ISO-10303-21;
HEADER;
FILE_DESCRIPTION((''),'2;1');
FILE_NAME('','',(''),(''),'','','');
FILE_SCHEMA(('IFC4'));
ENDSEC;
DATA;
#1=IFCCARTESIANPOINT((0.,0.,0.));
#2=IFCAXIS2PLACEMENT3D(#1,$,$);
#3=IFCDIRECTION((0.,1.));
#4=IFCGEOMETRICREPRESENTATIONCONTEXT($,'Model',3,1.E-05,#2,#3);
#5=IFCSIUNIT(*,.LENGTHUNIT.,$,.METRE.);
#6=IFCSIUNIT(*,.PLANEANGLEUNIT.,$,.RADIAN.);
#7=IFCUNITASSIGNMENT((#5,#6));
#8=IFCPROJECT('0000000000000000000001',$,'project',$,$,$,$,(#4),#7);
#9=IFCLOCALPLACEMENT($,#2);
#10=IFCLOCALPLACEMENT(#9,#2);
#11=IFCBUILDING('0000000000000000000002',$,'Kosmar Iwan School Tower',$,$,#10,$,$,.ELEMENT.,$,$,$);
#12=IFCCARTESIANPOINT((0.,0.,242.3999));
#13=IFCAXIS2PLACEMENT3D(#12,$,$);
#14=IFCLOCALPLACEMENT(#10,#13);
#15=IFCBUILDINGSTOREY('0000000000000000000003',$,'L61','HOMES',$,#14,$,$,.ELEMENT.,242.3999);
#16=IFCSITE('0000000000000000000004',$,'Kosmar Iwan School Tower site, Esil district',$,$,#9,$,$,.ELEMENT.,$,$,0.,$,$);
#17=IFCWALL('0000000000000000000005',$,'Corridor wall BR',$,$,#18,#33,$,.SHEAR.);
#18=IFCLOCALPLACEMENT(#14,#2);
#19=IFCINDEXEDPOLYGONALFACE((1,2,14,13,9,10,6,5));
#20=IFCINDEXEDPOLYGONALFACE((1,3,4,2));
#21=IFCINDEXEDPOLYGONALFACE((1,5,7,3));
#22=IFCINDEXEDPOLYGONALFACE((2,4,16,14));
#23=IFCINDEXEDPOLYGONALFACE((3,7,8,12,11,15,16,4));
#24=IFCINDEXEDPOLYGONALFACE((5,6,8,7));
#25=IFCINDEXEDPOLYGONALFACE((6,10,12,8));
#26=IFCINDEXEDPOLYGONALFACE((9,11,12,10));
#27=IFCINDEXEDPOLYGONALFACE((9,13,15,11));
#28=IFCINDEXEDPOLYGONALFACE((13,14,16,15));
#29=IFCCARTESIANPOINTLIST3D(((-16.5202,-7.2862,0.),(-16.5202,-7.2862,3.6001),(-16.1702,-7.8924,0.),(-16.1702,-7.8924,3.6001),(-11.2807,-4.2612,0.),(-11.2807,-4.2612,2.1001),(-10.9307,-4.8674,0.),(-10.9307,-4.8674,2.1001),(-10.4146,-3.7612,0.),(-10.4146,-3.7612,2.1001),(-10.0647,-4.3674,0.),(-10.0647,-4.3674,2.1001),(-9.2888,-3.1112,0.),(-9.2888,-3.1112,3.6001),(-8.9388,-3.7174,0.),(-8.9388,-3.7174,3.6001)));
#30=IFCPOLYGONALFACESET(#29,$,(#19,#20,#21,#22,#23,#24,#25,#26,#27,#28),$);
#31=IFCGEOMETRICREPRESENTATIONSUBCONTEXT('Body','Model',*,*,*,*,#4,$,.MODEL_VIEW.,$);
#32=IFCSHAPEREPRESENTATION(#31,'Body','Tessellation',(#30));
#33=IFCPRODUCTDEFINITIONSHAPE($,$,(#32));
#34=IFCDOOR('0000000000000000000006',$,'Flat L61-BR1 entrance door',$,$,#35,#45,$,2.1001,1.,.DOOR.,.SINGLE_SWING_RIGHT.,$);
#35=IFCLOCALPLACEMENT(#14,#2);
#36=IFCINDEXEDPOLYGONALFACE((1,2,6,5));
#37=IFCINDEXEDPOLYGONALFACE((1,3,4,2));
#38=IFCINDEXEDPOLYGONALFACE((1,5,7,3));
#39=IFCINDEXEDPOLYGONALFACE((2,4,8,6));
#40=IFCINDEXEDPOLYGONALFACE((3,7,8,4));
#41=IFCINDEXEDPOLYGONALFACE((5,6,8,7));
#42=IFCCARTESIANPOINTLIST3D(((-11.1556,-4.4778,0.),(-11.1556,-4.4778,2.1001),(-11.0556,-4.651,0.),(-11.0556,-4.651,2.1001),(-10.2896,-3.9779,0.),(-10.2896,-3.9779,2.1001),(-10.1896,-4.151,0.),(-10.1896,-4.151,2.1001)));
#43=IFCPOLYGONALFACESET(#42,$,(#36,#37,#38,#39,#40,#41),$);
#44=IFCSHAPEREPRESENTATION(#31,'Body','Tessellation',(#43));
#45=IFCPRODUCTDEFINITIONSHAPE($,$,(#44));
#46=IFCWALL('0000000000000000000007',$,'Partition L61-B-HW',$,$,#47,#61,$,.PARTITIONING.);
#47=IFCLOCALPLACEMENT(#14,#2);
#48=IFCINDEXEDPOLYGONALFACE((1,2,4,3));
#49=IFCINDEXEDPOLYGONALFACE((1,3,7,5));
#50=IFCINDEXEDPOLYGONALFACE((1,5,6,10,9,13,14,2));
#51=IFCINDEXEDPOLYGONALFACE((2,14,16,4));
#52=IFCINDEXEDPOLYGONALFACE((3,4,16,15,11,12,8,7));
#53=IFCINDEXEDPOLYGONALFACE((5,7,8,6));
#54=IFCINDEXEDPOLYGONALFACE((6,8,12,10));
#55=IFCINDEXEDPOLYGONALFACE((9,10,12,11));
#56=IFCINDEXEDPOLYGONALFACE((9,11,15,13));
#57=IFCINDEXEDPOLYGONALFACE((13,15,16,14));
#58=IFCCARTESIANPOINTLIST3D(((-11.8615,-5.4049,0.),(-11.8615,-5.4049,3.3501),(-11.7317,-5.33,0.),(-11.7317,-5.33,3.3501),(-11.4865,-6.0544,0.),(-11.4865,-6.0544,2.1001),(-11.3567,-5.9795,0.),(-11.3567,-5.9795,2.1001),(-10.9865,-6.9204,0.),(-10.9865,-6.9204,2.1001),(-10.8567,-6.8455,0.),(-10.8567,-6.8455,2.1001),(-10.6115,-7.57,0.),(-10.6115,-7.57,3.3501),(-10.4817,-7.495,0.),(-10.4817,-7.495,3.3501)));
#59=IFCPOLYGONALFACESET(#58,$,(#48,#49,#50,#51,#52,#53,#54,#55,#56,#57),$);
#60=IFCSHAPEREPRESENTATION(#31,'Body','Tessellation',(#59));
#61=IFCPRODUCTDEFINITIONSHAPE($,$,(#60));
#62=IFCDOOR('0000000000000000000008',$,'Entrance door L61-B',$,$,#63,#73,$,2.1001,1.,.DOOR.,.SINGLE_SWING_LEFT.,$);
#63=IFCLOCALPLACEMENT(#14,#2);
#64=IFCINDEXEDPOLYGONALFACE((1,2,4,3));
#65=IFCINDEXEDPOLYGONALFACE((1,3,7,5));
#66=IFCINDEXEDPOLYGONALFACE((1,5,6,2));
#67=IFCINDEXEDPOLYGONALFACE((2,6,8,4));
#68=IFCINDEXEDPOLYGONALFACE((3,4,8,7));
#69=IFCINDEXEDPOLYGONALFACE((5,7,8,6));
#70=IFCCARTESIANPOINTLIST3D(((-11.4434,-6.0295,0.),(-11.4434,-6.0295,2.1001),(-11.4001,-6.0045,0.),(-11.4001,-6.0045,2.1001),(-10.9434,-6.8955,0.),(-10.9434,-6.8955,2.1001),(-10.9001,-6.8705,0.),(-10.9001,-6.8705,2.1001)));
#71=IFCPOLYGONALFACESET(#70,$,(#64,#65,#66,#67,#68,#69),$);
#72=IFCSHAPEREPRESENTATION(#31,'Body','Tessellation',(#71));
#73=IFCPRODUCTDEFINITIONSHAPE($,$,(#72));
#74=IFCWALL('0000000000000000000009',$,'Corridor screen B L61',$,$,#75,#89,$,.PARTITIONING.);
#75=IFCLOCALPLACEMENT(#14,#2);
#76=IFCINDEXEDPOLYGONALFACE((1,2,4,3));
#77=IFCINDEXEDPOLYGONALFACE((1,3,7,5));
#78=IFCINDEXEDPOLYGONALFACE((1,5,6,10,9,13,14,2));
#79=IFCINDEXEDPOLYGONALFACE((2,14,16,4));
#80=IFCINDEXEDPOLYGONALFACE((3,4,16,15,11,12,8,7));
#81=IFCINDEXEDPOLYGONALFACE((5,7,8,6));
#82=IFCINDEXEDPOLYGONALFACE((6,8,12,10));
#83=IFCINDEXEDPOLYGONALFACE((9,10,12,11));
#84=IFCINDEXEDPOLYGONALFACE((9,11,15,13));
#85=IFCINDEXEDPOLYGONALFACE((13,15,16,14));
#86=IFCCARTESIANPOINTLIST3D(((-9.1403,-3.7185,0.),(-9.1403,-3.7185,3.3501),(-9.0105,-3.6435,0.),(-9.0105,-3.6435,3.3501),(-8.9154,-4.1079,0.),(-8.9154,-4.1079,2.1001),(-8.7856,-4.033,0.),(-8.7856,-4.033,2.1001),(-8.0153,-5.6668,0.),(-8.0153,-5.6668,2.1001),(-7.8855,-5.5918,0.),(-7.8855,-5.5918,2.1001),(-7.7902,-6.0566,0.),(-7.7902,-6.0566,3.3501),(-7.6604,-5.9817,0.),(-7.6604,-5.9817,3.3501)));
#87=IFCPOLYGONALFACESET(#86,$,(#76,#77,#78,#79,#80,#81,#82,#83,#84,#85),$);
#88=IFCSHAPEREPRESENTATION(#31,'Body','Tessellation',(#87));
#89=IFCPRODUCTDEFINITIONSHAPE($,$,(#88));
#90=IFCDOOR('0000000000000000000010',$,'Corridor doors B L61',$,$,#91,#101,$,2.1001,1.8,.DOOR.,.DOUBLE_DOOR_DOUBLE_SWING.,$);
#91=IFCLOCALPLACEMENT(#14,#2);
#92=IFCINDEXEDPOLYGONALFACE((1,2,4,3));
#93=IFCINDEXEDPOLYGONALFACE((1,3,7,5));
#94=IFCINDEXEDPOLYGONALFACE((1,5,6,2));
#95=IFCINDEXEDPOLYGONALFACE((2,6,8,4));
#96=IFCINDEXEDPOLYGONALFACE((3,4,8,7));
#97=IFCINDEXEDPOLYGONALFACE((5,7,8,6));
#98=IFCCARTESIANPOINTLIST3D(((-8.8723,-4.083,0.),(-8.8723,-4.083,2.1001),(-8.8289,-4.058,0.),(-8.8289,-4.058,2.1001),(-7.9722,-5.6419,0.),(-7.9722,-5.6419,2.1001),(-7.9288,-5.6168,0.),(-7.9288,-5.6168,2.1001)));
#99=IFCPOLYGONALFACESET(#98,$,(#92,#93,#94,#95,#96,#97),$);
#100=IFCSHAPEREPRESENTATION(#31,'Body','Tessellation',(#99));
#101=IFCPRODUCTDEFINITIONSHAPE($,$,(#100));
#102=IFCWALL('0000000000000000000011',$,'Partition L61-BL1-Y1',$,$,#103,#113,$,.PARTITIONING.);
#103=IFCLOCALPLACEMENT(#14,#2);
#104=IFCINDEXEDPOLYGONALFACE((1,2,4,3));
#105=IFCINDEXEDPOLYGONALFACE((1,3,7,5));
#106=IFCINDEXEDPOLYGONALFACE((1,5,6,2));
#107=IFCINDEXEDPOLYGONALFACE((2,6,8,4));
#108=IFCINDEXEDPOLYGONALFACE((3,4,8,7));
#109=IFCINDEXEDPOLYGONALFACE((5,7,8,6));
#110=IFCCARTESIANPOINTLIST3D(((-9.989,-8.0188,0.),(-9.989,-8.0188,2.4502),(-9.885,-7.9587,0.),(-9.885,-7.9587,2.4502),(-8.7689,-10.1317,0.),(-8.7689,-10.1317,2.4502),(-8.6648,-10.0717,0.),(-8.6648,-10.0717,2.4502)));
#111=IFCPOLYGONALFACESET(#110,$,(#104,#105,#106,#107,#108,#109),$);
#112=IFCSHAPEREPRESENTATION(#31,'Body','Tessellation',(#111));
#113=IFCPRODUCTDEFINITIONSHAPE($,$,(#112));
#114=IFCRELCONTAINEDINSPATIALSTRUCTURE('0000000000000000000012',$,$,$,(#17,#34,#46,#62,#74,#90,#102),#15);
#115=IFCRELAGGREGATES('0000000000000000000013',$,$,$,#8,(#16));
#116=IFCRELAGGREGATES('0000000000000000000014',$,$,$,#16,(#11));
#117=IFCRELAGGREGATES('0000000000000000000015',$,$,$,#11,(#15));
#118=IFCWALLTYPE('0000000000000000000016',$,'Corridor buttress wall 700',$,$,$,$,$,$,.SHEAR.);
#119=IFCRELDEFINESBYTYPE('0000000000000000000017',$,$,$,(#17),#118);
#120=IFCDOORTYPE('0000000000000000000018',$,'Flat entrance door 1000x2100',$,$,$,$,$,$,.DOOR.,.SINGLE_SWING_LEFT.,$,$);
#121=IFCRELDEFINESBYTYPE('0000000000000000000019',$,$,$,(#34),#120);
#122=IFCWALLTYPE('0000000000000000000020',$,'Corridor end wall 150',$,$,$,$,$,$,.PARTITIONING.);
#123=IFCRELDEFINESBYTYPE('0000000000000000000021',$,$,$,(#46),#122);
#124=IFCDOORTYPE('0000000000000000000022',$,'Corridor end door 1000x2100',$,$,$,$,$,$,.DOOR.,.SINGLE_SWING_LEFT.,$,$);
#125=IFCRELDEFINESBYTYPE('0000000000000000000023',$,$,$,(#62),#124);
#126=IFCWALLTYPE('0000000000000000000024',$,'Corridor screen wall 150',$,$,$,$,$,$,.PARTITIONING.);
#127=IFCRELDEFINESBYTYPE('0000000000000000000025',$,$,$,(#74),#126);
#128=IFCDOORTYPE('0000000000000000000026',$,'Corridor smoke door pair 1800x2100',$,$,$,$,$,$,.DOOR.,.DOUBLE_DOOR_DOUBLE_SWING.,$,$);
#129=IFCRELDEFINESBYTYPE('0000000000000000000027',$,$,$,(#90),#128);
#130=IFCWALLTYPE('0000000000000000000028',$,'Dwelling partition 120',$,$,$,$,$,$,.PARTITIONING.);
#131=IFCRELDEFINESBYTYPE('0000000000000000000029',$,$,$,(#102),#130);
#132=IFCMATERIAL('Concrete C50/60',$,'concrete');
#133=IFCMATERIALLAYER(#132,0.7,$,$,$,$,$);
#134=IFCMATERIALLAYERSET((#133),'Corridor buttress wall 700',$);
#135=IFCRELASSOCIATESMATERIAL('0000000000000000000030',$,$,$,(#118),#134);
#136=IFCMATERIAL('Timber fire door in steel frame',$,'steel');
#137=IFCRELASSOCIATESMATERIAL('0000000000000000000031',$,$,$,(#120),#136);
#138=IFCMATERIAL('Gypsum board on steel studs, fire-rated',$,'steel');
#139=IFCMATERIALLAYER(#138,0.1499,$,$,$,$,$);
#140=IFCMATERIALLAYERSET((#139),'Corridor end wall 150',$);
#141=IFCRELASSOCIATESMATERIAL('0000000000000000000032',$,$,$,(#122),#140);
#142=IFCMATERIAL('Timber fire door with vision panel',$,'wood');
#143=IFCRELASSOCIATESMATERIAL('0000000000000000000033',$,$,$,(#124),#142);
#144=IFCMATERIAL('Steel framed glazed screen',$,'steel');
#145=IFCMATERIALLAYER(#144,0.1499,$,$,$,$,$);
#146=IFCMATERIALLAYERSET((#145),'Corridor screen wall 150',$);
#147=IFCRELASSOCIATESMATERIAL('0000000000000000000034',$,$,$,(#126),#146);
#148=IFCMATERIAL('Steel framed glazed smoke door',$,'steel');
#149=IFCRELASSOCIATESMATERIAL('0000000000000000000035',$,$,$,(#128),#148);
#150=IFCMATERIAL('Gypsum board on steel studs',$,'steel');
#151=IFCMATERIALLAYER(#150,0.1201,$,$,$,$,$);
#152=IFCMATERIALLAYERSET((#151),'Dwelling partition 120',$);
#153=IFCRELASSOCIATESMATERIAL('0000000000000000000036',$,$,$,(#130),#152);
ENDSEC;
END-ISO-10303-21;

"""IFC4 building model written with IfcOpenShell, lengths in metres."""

from ifc_helpers import new_model, si_unit, direction, frame, frame_2d, origin, place, context, subcontext, project, spatial, rectangle, extrude, material, layer, layer_set, type_object, element, fill, save


model = new_model("IFC4")

# Units and contexts
model_context = context("Model", 3, precision=1e-05, world=origin(), true_north=direction((0.0, 1.0)))
body_context = subcontext(model_context, "Body", "Model", "MODEL_VIEW")
ifc_project = project(units=[si_unit("LENGTHUNIT", "METRE"), si_unit("PLANEANGLEUNIT", "RADIAN")], contexts=[model_context])

# Site, building, storey
site_placement = place(None, origin())
site = spatial("IfcSite", under=ifc_project, at=site_placement, Name="Kosmar Iwan School Tower site, Esil district", CompositionType="ELEMENT", RefElevation=0.0)
building_placement = place(site_placement, origin())
building = spatial("IfcBuilding", under=site, at=building_placement, Name="Kosmar Iwan School Tower", CompositionType="ELEMENT")
storey_placement = place(building_placement, frame((0.0, 0.0, 242.3999)))
storey = spatial("IfcBuildingStorey", under=building, at=storey_placement, Name="L61", Description="HOMES", CompositionType="ELEMENT", Elevation=242.3999)

# Walls, openings, doors
ifc_material_1 = material(Name="Concrete C50/60", Category="concrete")
ifc_layer_1 = layer(ifc_material_1, 0.7)
ifc_layer_set_1 = layer_set([ifc_layer_1], Name="Corridor buttress wall 700")
wall_type_1 = type_object("IfcWallType", Name="Corridor buttress wall 700", PredefinedType="SHEAR", material=ifc_layer_set_1)
wall_1_placement = place(storey_placement, frame((-9.1138, -3.4143, 0.0), z_axis=(0.0, 0.0, 1.0), x_axis=(-0.866027, -0.499997, 0.0)))
wall_1 = element("IfcWall", 1, at=wall_1_placement, inside=storey, type_object=wall_type_1, Name="Corridor wall BR", PredefinedType="SHEAR", context=body_context, shape_type="SweptSolid", body=[
    extrude(rectangle(XDim=8.3501, YDim=0.7, at=frame_2d((4.175, 0.0))), origin(), (0.0, 0.0, 1.0), 3.6001),
])
opening_1_placement = place(wall_1_placement, frame((1.3, 0.0, 0.0)))
opening_1 = element("IfcOpeningElement", 2, at=opening_1_placement, cuts=wall_1, PredefinedType="OPENING", context=body_context, shape_type="SweptSolid", body=[
    extrude(rectangle(XDim=1.0, YDim=2.1001, at=frame_2d((0.5, 1.05))), frame((0.0, 0.3621, 0.0), z_axis=(0.0, -1.0, 0.0), x_axis=(1.0, 0.0, 0.0)), (0.0, 0.0, 1.0), 0.7239),
])
ifc_material_2 = material(Name="Timber fire door in steel frame", Category="steel")
door_type_1 = type_object("IfcDoorType", Name="Flat entrance door 1000x2100", OperationType="SINGLE_SWING_LEFT", PredefinedType="DOOR", material=ifc_material_2)
door_1_placement = place(opening_1_placement, origin())
door_1 = element("IfcDoor", 3, at=door_1_placement, inside=storey, type_object=door_type_1, Name="Flat L61-BR1 entrance door", OperationType="SINGLE_SWING_RIGHT", OverallHeight=2.1001, OverallWidth=1.0, PredefinedType="DOOR", context=body_context, shape_type="SweptSolid", body=[
    extrude(rectangle(XDim=1.0, YDim=2.1001, at=frame_2d((0.5, 1.05))), frame((0.0, 0.1001, 0.0), z_axis=(0.0, -1.0, 0.0), x_axis=(1.0, 0.0, 0.0)), (0.0, 0.0, 1.0), 0.2),
])
fill(opening_1, door_1)
ifc_material_3 = material(Name="Gypsum board on steel studs, fire-rated", Category="steel")
ifc_layer_2 = layer(ifc_material_3, 0.1499)
ifc_layer_set_2 = layer_set([ifc_layer_2], Name="Corridor end wall 150")
wall_type_2 = type_object("IfcWallType", Name="Corridor end wall 150", PredefinedType="PARTITIONING", material=ifc_layer_set_2)
wall_2_placement = place(storey_placement, frame((-11.7966, -5.3674, 0.0), z_axis=(0.0, 0.0, 1.0), x_axis=(0.500004, -0.866023, 0.0)))
wall_2 = element("IfcWall", 4, at=wall_2_placement, inside=storey, type_object=wall_type_2, Name="Partition L61-B-HW", PredefinedType="PARTITIONING", context=body_context, shape_type="SweptSolid", body=[
    extrude(rectangle(XDim=2.5, YDim=0.1499, at=frame_2d((1.25, 0.0))), origin(), (0.0, 0.0, 1.0), 3.3501),
])
opening_2_placement = place(wall_2_placement, frame((0.75, 0.0, 0.0)))
opening_2 = element("IfcOpeningElement", 5, at=opening_2_placement, cuts=wall_2, PredefinedType="OPENING", context=body_context, shape_type="SweptSolid", body=[
    extrude(rectangle(XDim=1.0, YDim=2.1001, at=frame_2d((0.5, 1.05))), frame((0.0, 0.0869, 0.0), z_axis=(0.0, -1.0, 0.0), x_axis=(1.0, 0.0, 0.0)), (0.0, 0.0, 1.0), 0.1738),
])
ifc_material_4 = material(Name="Timber fire door with vision panel", Category="wood")
door_type_2 = type_object("IfcDoorType", Name="Corridor end door 1000x2100", OperationType="SINGLE_SWING_LEFT", PredefinedType="DOOR", material=ifc_material_4)
door_2_placement = place(opening_2_placement, origin())
door_2 = element("IfcDoor", 6, at=door_2_placement, inside=storey, type_object=door_type_2, Name="Entrance door L61-B", OperationType="SINGLE_SWING_LEFT", OverallHeight=2.1001, OverallWidth=1.0, PredefinedType="DOOR", context=body_context, shape_type="SweptSolid", body=[
    extrude(rectangle(XDim=1.0, YDim=2.1001, at=frame_2d((0.5, 1.05))), frame((0.0, 0.0249, 0.0), z_axis=(0.0, -1.0, 0.0), x_axis=(1.0, 0.0, 0.0)), (0.0, 0.0, 1.0), 0.05),
])
fill(opening_2, door_2)
ifc_material_5 = material(Name="Steel framed glazed screen", Category="steel")
ifc_layer_3 = layer(ifc_material_5, 0.1499)
ifc_layer_set_3 = layer_set([ifc_layer_3], Name="Corridor screen wall 150")
wall_type_3 = type_object("IfcWallType", Name="Corridor screen wall 150", PredefinedType="PARTITIONING", material=ifc_layer_set_3)
wall_3_placement = place(storey_placement, frame((-9.0754, -3.6809, 0.0), z_axis=(0.0, 0.0, 1.0), x_axis=(0.500049, -0.865997, 0.0)))
wall_3 = element("IfcWall", 7, at=wall_3_placement, inside=storey, type_object=wall_type_3, Name="Corridor screen B L61", PredefinedType="PARTITIONING", context=body_context, shape_type="SweptSolid", body=[
    extrude(rectangle(XDim=2.7, YDim=0.1499, at=frame_2d((1.3501, 0.0))), origin(), (0.0, 0.0, 1.0), 3.3501),
])
opening_3_placement = place(wall_3_placement, frame((0.45, 0.0, 0.0)))
opening_3 = element("IfcOpeningElement", 8, at=opening_3_placement, cuts=wall_3, PredefinedType="OPENING", context=body_context, shape_type="SweptSolid", body=[
    extrude(rectangle(XDim=1.8, YDim=2.1001, at=frame_2d((0.8999, 1.05))), frame((0.0, 0.0869, 0.0), z_axis=(0.0, -1.0, 0.0), x_axis=(1.0, 0.0, 0.0)), (0.0, 0.0, 1.0), 0.1738),
])
ifc_material_6 = material(Name="Steel framed glazed smoke door", Category="steel")
door_type_3 = type_object("IfcDoorType", Name="Corridor smoke door pair 1800x2100", OperationType="DOUBLE_DOOR_DOUBLE_SWING", PredefinedType="DOOR", material=ifc_material_6)
door_3_placement = place(opening_3_placement, origin())
door_3 = element("IfcDoor", 9, at=door_3_placement, inside=storey, type_object=door_type_3, Name="Corridor doors B L61", OperationType="DOUBLE_DOOR_DOUBLE_SWING", OverallHeight=2.1001, OverallWidth=1.8, PredefinedType="DOOR", context=body_context, shape_type="SweptSolid", body=[
    extrude(rectangle(XDim=1.8, YDim=2.1001, at=frame_2d((0.8999, 1.05))), frame((0.0, 0.0249, 0.0), z_axis=(0.0, -1.0, 0.0), x_axis=(1.0, 0.0, 0.0)), (0.0, 0.0, 1.0), 0.05),
])
fill(opening_3, door_3)

# Wall
ifc_material_7 = material(Name="Gypsum board on steel studs", Category="steel")
ifc_layer_4 = layer(ifc_material_7, 0.1201)
ifc_layer_set_4 = layer_set([ifc_layer_4], Name="Dwelling partition 120")
wall_type_4 = type_object("IfcWallType", Name="Dwelling partition 120", PredefinedType="PARTITIONING", material=ifc_layer_set_4)
wall_4_placement = place(storey_placement, frame((-9.937, -7.9888, 0.0), z_axis=(0.0, 0.0, 1.0), x_axis=(0.500078, -0.865981, 0.0)))
element("IfcWall", 10, at=wall_4_placement, inside=storey, type_object=wall_type_4, Name="Partition L61-BL1-Y1", PredefinedType="PARTITIONING", context=body_context, shape_type="SweptSolid", body=[
    extrude(rectangle(XDim=2.4399, YDim=0.1201, at=frame_2d((1.22, 0.0))), origin(), (0.0, 0.0, 1.0), 2.4502),
])

save(model, "model.ifc")
